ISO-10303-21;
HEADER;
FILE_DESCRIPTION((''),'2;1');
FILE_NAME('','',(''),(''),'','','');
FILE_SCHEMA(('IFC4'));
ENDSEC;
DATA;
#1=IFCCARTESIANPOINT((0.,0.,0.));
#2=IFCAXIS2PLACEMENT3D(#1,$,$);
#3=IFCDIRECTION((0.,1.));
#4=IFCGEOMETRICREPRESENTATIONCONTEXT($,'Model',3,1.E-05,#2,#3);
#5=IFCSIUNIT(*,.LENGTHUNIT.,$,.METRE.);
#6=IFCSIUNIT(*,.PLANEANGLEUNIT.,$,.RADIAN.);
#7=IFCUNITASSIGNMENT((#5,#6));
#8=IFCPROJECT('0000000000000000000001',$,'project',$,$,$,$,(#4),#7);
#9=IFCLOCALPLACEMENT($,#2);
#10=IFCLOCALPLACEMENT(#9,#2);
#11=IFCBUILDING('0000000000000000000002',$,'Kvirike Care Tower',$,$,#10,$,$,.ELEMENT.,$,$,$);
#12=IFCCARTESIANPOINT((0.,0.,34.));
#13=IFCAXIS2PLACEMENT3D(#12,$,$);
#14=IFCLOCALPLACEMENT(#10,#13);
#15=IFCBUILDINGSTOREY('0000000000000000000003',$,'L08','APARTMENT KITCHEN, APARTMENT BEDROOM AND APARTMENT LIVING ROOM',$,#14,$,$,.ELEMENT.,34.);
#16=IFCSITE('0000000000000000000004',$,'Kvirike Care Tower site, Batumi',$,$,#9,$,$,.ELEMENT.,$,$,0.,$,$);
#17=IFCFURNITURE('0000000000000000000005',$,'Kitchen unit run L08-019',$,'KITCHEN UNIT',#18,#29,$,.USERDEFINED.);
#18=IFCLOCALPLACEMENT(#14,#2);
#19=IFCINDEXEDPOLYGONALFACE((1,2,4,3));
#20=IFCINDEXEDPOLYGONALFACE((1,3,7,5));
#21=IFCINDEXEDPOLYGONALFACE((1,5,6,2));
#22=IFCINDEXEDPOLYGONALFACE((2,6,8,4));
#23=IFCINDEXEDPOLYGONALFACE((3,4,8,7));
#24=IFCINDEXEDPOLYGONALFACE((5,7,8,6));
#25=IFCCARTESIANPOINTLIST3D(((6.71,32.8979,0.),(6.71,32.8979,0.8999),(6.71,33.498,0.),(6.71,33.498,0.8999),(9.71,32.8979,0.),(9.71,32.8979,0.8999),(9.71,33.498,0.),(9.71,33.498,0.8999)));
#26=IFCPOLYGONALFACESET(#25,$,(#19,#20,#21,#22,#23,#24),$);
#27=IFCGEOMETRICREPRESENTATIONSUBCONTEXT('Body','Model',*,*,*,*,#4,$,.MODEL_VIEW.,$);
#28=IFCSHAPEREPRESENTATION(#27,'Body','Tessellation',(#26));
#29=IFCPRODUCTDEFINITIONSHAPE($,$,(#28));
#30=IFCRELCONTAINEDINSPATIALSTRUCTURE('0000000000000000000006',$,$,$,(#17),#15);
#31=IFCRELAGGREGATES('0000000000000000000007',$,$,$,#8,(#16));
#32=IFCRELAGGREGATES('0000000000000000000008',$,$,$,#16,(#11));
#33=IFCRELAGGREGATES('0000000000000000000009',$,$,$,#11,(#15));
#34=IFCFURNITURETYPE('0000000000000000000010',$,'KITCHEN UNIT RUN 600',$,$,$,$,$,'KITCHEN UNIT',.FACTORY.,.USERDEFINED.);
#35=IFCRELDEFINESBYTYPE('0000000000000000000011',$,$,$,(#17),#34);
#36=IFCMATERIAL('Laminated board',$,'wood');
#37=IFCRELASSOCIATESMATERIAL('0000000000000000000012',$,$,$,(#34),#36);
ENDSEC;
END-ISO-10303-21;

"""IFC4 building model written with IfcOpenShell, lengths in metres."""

from ifc_helpers import new_model, si_unit, direction, frame, origin, origin_2d, place, context, subcontext, project, spatial, rectangle, extrude, material, type_object, element, save


model = new_model("IFC4")

# Units and contexts
model_context = context("Model", 3, precision=1e-05, world=origin(), true_north=direction((0.0, 1.0)))
body_context = subcontext(model_context, "Body", "Model", "MODEL_VIEW")
ifc_project = project(units=[si_unit("LENGTHUNIT", "METRE"), si_unit("PLANEANGLEUNIT", "RADIAN")], contexts=[model_context])

# Site, building, storey
site_placement = place(None, origin())
site = spatial("IfcSite", under=ifc_project, at=site_placement, Name="Kvirike Care Tower site, Batumi", CompositionType="ELEMENT", RefElevation=0.0)
building_placement = place(site_placement, origin())
building = spatial("IfcBuilding", under=site, at=building_placement, Name="Kvirike Care Tower", CompositionType="ELEMENT")
storey_placement = place(building_placement, frame((0.0, 0.0, 34.0)))
storey = spatial("IfcBuildingStorey", under=building, at=storey_placement, Name="L08", Description="APARTMENT KITCHEN, APARTMENT BEDROOM AND APARTMENT LIVING ROOM", CompositionType="ELEMENT", Elevation=34.0)

# Furniture
ifc_material_1 = material(Name="Laminated board", Category="wood")
furniture_type = type_object("IfcFurnitureType", Name="KITCHEN UNIT RUN 600", ElementType="KITCHEN UNIT", AssemblyPlace="FACTORY", PredefinedType="USERDEFINED", material=ifc_material_1)
furniture_placement = place(storey_placement, frame((8.21, 33.198, 0.0), z_axis=(0.0, 0.0, 1.0), x_axis=(1.0, 0.0, 0.0)))
element("IfcFurniture", 1, at=furniture_placement, inside=storey, type_object=furniture_type, Name="Kitchen unit run L08-019", ObjectType="KITCHEN UNIT", PredefinedType="USERDEFINED", context=body_context, shape_type="SweptSolid", body=[
    extrude(rectangle(XDim=3.0, YDim=0.6001, at=origin_2d()), origin(), (0.0, 0.0, 1.0), 0.8999),
])

save(model, "model.ifc")
